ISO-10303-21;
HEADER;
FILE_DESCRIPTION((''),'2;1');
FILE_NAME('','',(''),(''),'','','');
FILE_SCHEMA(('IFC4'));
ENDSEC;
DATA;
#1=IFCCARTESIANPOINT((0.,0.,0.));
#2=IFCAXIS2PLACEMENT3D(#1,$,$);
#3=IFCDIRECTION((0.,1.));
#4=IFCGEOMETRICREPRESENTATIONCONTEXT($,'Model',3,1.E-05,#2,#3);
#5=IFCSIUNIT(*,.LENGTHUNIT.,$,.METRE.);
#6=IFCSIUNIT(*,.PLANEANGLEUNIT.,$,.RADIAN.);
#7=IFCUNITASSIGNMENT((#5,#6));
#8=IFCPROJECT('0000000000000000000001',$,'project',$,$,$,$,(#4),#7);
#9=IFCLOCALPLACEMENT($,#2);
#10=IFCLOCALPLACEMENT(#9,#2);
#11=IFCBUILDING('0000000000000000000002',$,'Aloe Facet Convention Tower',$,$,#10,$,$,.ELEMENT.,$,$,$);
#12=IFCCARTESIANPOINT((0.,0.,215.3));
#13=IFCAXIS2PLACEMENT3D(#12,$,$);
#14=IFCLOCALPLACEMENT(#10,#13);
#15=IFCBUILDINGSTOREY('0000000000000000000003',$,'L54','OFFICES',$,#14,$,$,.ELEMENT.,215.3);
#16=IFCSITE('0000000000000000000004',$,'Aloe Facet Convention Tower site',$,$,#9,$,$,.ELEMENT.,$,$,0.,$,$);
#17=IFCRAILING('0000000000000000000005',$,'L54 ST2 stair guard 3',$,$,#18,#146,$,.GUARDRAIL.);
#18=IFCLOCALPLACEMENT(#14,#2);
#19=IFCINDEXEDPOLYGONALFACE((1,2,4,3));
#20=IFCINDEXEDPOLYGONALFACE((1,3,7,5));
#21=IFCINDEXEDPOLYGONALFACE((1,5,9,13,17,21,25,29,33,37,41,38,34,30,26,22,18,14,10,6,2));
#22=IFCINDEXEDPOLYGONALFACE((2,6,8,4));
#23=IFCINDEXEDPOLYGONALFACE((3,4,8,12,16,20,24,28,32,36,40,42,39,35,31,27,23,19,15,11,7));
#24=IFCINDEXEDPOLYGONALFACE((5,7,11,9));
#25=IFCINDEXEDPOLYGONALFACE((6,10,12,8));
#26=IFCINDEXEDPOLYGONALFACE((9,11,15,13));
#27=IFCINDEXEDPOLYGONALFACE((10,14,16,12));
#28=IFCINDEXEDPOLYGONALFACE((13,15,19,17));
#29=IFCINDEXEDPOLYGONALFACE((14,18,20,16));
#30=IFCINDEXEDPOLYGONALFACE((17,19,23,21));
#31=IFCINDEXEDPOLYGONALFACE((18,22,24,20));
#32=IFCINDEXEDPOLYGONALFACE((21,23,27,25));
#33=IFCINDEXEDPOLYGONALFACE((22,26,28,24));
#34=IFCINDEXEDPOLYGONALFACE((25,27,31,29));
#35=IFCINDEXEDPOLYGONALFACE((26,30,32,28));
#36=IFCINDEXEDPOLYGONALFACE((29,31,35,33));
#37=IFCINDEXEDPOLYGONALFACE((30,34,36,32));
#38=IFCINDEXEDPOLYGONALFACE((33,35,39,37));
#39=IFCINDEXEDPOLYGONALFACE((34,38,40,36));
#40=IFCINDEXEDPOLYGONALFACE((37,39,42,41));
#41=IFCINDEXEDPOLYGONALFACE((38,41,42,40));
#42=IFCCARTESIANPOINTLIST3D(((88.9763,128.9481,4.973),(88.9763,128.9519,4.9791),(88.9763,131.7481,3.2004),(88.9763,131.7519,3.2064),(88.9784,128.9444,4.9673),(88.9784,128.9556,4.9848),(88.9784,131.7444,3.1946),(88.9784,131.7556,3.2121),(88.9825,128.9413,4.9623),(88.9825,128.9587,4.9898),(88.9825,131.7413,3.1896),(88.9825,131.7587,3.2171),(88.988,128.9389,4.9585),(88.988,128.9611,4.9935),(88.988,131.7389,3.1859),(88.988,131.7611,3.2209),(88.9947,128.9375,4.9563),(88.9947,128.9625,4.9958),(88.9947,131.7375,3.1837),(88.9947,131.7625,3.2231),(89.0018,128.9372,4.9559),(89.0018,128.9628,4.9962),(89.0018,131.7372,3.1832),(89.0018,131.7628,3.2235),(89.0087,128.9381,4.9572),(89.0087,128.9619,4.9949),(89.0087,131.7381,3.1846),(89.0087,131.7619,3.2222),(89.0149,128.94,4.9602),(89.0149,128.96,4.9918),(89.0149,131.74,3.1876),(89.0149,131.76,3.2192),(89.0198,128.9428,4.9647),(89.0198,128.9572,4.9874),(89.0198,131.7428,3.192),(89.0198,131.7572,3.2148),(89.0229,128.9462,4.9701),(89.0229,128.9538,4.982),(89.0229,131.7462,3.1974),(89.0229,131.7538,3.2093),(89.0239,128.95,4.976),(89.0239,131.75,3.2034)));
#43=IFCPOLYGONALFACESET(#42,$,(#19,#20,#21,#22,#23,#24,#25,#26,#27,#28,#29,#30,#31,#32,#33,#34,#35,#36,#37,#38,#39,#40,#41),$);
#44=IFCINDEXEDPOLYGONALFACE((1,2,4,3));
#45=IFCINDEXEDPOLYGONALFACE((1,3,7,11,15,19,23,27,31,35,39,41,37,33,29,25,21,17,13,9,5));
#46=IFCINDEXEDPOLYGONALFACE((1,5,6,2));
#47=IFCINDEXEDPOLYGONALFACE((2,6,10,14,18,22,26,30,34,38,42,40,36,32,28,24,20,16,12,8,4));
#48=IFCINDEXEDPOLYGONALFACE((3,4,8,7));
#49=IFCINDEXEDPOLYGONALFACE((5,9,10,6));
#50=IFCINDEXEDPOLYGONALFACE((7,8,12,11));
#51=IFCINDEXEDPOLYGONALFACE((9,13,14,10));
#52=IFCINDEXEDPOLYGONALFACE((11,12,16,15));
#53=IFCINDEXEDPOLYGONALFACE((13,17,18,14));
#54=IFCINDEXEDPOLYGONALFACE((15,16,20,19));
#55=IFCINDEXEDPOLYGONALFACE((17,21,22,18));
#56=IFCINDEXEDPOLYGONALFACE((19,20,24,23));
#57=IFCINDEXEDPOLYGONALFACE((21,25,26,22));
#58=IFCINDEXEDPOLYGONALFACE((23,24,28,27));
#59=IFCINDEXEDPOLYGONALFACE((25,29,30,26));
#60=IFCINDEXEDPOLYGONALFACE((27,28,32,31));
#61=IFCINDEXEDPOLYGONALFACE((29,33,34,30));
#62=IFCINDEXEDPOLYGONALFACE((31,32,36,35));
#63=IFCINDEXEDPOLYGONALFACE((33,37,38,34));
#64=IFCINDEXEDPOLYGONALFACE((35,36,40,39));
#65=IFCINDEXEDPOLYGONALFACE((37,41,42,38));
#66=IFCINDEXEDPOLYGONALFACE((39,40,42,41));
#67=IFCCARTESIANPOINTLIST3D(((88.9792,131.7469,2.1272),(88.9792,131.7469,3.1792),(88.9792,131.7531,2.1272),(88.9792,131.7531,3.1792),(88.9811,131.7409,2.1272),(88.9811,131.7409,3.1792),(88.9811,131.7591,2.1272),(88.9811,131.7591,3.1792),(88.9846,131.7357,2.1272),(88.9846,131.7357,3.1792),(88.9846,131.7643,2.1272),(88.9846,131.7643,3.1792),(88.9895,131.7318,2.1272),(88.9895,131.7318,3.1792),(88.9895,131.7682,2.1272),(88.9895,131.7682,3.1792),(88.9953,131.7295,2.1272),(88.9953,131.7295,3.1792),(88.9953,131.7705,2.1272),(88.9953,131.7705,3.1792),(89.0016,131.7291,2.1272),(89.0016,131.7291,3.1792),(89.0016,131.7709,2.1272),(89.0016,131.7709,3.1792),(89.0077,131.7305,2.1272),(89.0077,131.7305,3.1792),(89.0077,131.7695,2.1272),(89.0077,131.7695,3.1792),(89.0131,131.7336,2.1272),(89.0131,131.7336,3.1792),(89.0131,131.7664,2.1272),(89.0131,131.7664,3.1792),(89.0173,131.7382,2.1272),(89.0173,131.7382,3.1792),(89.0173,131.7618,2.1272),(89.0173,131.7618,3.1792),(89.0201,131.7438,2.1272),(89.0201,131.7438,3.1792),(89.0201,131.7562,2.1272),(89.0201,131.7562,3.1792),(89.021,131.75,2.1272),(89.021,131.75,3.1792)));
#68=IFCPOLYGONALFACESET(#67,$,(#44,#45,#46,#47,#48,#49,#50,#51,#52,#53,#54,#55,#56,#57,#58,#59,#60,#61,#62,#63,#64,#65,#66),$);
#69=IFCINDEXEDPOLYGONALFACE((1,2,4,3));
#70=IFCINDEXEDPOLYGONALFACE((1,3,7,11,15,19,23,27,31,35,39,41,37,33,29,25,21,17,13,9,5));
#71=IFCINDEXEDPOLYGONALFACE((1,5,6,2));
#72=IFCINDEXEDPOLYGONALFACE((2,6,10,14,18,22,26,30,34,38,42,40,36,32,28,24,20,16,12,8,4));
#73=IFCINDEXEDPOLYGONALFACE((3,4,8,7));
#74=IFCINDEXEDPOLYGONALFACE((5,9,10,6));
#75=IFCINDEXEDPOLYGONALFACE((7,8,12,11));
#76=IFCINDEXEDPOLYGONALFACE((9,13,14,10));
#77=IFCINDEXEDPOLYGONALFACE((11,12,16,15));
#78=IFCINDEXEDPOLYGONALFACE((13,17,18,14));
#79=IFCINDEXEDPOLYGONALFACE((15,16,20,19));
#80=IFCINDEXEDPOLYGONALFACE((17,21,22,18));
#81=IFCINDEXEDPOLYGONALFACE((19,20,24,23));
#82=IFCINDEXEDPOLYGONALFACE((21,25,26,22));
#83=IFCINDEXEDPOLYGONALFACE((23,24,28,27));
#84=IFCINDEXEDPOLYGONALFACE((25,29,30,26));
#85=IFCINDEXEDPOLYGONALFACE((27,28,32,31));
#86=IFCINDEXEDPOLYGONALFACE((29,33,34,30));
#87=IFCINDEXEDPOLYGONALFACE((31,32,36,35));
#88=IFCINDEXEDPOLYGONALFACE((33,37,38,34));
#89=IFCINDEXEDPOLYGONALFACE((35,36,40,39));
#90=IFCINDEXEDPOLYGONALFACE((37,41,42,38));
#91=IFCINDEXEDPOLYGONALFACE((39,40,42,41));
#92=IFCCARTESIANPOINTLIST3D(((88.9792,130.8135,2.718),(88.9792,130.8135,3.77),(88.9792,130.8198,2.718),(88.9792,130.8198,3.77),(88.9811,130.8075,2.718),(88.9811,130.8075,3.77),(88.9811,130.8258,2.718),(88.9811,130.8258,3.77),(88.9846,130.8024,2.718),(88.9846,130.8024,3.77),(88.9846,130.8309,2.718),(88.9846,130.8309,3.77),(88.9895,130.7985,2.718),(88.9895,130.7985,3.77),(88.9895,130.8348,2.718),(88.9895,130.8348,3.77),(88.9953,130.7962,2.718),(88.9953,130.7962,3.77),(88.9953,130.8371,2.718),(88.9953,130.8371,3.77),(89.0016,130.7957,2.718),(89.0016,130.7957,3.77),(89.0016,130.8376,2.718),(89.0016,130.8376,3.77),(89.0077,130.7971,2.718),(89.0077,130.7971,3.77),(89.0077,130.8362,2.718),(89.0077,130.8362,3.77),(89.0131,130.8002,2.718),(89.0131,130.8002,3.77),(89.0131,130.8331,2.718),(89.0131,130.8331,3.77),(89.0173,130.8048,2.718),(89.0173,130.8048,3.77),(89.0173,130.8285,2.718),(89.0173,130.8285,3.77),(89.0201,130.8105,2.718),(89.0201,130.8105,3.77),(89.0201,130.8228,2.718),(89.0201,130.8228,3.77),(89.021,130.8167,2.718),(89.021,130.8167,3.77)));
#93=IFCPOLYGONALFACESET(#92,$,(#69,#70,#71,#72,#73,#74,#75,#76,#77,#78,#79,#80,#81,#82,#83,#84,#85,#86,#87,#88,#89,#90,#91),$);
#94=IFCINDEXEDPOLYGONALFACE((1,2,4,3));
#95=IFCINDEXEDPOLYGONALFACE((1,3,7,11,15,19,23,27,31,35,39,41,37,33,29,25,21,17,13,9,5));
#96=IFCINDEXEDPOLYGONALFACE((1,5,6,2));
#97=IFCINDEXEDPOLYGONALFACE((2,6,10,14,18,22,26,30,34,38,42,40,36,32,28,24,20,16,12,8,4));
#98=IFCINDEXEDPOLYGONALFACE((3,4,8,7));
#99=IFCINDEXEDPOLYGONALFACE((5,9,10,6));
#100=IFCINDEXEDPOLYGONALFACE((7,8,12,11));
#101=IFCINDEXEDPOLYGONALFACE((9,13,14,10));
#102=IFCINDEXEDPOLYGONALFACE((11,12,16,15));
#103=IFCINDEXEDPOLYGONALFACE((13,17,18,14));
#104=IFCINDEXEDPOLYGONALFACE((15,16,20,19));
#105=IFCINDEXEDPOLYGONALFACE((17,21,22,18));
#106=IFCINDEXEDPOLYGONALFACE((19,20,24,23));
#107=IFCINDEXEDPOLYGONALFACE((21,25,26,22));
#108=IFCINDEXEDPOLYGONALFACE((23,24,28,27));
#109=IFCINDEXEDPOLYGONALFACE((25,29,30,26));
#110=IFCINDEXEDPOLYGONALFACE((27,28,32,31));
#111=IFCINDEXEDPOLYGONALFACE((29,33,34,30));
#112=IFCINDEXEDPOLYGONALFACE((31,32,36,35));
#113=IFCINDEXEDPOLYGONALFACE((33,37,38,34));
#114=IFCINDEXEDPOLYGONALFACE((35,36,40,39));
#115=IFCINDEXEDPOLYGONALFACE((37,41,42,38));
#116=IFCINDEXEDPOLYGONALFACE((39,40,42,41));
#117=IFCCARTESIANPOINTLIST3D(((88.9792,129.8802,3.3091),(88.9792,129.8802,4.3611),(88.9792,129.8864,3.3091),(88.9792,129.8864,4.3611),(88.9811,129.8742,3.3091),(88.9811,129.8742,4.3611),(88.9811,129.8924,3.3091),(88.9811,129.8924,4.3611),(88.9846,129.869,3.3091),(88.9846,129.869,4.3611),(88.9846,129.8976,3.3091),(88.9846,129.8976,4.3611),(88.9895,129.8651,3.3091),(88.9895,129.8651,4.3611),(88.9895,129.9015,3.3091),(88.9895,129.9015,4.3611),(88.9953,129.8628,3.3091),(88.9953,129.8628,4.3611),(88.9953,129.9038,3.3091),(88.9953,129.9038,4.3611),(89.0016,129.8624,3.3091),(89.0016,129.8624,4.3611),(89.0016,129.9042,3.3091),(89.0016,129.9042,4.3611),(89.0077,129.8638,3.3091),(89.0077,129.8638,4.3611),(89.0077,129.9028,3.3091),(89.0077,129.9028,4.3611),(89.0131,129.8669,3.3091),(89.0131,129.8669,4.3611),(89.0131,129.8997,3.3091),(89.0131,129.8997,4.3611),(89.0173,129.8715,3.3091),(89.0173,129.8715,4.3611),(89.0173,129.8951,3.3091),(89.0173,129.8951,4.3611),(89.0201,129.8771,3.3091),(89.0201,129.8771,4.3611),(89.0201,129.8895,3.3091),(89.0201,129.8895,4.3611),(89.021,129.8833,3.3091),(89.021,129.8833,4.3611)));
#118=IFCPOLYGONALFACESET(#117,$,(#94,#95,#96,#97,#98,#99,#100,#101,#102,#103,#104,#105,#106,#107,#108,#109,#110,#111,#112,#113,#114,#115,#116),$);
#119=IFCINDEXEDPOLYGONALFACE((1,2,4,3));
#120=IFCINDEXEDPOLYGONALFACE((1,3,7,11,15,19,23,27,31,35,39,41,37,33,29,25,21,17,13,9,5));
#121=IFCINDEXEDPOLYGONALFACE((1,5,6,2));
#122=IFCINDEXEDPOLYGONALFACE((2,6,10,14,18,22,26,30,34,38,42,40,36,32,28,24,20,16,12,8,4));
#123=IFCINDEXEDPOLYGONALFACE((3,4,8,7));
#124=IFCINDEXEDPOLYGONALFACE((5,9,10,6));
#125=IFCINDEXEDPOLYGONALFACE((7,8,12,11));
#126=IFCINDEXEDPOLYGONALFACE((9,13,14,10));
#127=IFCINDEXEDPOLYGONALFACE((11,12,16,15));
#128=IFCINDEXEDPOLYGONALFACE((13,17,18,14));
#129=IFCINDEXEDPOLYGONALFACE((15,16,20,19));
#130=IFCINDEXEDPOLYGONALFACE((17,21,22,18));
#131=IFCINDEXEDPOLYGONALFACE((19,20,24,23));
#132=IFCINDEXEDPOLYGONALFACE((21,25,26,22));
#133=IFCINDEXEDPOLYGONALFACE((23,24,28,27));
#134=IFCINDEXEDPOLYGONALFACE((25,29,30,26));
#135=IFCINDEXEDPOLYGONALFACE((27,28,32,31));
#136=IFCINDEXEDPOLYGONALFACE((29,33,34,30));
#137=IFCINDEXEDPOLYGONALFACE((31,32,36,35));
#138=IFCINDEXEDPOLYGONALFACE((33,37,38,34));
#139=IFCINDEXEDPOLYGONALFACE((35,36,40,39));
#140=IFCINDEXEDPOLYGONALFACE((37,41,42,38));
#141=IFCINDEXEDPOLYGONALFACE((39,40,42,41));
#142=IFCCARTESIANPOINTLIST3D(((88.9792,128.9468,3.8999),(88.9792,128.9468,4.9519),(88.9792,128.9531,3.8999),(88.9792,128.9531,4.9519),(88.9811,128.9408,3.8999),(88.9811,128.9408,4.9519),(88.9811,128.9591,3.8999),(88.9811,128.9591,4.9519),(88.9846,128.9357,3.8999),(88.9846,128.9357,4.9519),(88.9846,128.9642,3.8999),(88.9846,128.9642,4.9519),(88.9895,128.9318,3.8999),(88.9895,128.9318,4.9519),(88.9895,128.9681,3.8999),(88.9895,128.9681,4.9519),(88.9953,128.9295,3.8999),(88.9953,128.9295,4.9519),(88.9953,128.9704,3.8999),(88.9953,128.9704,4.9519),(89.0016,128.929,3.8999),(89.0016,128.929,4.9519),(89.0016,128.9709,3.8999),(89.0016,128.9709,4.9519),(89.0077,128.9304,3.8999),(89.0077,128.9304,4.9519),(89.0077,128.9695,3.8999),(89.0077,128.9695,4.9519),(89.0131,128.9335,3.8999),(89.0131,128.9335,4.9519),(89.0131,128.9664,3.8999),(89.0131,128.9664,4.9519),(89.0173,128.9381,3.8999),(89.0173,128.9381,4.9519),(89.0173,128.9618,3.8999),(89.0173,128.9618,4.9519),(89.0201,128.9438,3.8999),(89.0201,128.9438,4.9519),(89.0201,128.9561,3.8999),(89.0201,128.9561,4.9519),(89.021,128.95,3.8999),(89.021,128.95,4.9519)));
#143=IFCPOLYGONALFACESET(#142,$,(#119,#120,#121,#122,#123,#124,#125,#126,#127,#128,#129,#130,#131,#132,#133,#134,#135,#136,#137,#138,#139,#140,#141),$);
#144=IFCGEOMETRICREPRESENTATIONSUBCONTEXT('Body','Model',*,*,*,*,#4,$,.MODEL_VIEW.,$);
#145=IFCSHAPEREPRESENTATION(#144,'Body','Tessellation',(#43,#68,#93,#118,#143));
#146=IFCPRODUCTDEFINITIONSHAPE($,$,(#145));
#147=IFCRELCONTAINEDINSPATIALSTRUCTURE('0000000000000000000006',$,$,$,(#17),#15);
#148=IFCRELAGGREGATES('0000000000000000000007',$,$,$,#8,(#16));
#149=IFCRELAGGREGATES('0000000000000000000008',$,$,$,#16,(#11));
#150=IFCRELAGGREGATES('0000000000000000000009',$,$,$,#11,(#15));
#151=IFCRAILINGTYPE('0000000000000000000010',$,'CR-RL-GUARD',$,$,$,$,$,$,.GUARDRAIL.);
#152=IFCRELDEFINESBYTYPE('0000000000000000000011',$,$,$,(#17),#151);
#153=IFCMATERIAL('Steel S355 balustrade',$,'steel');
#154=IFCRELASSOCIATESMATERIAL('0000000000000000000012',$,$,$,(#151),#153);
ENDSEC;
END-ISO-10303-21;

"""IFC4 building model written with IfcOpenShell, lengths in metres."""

from ifc_helpers import new_model, si_unit, direction, frame, origin, origin_2d, place, context, subcontext, project, spatial, circle, extrude, material, type_object, element, save


model = new_model("IFC4")

# Units and contexts
model_context = context("Model", 3, precision=1e-05, world=origin(), true_north=direction((0.0, 1.0)))
body_context = subcontext(model_context, "Body", "Model", "MODEL_VIEW")
ifc_project = project(units=[si_unit("LENGTHUNIT", "METRE"), si_unit("PLANEANGLEUNIT", "RADIAN")], contexts=[model_context])

# Site, building, storey
site_placement = place(None, origin())
site = spatial("IfcSite", under=ifc_project, at=site_placement, Name="Aloe Facet Convention Tower site", CompositionType="ELEMENT", RefElevation=0.0)
building_placement = place(site_placement, origin())
building = spatial("IfcBuilding", under=site, at=building_placement, Name="Aloe Facet Convention Tower", CompositionType="ELEMENT")
storey_placement = place(building_placement, frame((0.0, 0.0, 215.3)))
storey = spatial("IfcBuildingStorey", under=building, at=storey_placement, Name="L54", Description="OFFICES", CompositionType="ELEMENT", Elevation=215.3)

# Railing
ifc_material_1 = material(Name="Steel S355 balustrade", Category="steel")
railing_type_1 = type_object("IfcRailingType", Name="CR-RL-GUARD", PredefinedType="GUARDRAIL", material=ifc_material_1)
railing_1_placement = place(storey_placement, frame((89.0, 131.75, 2.1272)))
element("IfcRailing", 1, at=railing_1_placement, inside=storey, type_object=railing_type_1, Name="L54 ST2 stair guard 3", PredefinedType="GUARDRAIL", context=body_context, shape_type="SweptSolid", body=[
    extrude(circle(Radius=0.0239, at=origin_2d()), frame((0.0, 0.0, 1.0762), z_axis=(0.0, -0.844909, 0.53491), x_axis=(1.0, 0.0, 0.0)), (0.0, 0.0, 1.0), 3.314),
    extrude(circle(Radius=0.021, at=origin_2d()), origin(), (0.0, 0.0, 1.0), 1.052),
    extrude(circle(Radius=0.021, at=origin_2d()), frame((0.0, -0.9333, 0.5908)), (0.0, 0.0, 1.0), 1.052),
    extrude(circle(Radius=0.021, at=origin_2d()), frame((0.0, -1.8667, 1.1819)), (0.0, 0.0, 1.0), 1.052),
    extrude(circle(Radius=0.021, at=origin_2d()), frame((0.0, -2.8, 1.7727)), (0.0, 0.0, 1.0), 1.052),
])

save(model, "model.ifc")
